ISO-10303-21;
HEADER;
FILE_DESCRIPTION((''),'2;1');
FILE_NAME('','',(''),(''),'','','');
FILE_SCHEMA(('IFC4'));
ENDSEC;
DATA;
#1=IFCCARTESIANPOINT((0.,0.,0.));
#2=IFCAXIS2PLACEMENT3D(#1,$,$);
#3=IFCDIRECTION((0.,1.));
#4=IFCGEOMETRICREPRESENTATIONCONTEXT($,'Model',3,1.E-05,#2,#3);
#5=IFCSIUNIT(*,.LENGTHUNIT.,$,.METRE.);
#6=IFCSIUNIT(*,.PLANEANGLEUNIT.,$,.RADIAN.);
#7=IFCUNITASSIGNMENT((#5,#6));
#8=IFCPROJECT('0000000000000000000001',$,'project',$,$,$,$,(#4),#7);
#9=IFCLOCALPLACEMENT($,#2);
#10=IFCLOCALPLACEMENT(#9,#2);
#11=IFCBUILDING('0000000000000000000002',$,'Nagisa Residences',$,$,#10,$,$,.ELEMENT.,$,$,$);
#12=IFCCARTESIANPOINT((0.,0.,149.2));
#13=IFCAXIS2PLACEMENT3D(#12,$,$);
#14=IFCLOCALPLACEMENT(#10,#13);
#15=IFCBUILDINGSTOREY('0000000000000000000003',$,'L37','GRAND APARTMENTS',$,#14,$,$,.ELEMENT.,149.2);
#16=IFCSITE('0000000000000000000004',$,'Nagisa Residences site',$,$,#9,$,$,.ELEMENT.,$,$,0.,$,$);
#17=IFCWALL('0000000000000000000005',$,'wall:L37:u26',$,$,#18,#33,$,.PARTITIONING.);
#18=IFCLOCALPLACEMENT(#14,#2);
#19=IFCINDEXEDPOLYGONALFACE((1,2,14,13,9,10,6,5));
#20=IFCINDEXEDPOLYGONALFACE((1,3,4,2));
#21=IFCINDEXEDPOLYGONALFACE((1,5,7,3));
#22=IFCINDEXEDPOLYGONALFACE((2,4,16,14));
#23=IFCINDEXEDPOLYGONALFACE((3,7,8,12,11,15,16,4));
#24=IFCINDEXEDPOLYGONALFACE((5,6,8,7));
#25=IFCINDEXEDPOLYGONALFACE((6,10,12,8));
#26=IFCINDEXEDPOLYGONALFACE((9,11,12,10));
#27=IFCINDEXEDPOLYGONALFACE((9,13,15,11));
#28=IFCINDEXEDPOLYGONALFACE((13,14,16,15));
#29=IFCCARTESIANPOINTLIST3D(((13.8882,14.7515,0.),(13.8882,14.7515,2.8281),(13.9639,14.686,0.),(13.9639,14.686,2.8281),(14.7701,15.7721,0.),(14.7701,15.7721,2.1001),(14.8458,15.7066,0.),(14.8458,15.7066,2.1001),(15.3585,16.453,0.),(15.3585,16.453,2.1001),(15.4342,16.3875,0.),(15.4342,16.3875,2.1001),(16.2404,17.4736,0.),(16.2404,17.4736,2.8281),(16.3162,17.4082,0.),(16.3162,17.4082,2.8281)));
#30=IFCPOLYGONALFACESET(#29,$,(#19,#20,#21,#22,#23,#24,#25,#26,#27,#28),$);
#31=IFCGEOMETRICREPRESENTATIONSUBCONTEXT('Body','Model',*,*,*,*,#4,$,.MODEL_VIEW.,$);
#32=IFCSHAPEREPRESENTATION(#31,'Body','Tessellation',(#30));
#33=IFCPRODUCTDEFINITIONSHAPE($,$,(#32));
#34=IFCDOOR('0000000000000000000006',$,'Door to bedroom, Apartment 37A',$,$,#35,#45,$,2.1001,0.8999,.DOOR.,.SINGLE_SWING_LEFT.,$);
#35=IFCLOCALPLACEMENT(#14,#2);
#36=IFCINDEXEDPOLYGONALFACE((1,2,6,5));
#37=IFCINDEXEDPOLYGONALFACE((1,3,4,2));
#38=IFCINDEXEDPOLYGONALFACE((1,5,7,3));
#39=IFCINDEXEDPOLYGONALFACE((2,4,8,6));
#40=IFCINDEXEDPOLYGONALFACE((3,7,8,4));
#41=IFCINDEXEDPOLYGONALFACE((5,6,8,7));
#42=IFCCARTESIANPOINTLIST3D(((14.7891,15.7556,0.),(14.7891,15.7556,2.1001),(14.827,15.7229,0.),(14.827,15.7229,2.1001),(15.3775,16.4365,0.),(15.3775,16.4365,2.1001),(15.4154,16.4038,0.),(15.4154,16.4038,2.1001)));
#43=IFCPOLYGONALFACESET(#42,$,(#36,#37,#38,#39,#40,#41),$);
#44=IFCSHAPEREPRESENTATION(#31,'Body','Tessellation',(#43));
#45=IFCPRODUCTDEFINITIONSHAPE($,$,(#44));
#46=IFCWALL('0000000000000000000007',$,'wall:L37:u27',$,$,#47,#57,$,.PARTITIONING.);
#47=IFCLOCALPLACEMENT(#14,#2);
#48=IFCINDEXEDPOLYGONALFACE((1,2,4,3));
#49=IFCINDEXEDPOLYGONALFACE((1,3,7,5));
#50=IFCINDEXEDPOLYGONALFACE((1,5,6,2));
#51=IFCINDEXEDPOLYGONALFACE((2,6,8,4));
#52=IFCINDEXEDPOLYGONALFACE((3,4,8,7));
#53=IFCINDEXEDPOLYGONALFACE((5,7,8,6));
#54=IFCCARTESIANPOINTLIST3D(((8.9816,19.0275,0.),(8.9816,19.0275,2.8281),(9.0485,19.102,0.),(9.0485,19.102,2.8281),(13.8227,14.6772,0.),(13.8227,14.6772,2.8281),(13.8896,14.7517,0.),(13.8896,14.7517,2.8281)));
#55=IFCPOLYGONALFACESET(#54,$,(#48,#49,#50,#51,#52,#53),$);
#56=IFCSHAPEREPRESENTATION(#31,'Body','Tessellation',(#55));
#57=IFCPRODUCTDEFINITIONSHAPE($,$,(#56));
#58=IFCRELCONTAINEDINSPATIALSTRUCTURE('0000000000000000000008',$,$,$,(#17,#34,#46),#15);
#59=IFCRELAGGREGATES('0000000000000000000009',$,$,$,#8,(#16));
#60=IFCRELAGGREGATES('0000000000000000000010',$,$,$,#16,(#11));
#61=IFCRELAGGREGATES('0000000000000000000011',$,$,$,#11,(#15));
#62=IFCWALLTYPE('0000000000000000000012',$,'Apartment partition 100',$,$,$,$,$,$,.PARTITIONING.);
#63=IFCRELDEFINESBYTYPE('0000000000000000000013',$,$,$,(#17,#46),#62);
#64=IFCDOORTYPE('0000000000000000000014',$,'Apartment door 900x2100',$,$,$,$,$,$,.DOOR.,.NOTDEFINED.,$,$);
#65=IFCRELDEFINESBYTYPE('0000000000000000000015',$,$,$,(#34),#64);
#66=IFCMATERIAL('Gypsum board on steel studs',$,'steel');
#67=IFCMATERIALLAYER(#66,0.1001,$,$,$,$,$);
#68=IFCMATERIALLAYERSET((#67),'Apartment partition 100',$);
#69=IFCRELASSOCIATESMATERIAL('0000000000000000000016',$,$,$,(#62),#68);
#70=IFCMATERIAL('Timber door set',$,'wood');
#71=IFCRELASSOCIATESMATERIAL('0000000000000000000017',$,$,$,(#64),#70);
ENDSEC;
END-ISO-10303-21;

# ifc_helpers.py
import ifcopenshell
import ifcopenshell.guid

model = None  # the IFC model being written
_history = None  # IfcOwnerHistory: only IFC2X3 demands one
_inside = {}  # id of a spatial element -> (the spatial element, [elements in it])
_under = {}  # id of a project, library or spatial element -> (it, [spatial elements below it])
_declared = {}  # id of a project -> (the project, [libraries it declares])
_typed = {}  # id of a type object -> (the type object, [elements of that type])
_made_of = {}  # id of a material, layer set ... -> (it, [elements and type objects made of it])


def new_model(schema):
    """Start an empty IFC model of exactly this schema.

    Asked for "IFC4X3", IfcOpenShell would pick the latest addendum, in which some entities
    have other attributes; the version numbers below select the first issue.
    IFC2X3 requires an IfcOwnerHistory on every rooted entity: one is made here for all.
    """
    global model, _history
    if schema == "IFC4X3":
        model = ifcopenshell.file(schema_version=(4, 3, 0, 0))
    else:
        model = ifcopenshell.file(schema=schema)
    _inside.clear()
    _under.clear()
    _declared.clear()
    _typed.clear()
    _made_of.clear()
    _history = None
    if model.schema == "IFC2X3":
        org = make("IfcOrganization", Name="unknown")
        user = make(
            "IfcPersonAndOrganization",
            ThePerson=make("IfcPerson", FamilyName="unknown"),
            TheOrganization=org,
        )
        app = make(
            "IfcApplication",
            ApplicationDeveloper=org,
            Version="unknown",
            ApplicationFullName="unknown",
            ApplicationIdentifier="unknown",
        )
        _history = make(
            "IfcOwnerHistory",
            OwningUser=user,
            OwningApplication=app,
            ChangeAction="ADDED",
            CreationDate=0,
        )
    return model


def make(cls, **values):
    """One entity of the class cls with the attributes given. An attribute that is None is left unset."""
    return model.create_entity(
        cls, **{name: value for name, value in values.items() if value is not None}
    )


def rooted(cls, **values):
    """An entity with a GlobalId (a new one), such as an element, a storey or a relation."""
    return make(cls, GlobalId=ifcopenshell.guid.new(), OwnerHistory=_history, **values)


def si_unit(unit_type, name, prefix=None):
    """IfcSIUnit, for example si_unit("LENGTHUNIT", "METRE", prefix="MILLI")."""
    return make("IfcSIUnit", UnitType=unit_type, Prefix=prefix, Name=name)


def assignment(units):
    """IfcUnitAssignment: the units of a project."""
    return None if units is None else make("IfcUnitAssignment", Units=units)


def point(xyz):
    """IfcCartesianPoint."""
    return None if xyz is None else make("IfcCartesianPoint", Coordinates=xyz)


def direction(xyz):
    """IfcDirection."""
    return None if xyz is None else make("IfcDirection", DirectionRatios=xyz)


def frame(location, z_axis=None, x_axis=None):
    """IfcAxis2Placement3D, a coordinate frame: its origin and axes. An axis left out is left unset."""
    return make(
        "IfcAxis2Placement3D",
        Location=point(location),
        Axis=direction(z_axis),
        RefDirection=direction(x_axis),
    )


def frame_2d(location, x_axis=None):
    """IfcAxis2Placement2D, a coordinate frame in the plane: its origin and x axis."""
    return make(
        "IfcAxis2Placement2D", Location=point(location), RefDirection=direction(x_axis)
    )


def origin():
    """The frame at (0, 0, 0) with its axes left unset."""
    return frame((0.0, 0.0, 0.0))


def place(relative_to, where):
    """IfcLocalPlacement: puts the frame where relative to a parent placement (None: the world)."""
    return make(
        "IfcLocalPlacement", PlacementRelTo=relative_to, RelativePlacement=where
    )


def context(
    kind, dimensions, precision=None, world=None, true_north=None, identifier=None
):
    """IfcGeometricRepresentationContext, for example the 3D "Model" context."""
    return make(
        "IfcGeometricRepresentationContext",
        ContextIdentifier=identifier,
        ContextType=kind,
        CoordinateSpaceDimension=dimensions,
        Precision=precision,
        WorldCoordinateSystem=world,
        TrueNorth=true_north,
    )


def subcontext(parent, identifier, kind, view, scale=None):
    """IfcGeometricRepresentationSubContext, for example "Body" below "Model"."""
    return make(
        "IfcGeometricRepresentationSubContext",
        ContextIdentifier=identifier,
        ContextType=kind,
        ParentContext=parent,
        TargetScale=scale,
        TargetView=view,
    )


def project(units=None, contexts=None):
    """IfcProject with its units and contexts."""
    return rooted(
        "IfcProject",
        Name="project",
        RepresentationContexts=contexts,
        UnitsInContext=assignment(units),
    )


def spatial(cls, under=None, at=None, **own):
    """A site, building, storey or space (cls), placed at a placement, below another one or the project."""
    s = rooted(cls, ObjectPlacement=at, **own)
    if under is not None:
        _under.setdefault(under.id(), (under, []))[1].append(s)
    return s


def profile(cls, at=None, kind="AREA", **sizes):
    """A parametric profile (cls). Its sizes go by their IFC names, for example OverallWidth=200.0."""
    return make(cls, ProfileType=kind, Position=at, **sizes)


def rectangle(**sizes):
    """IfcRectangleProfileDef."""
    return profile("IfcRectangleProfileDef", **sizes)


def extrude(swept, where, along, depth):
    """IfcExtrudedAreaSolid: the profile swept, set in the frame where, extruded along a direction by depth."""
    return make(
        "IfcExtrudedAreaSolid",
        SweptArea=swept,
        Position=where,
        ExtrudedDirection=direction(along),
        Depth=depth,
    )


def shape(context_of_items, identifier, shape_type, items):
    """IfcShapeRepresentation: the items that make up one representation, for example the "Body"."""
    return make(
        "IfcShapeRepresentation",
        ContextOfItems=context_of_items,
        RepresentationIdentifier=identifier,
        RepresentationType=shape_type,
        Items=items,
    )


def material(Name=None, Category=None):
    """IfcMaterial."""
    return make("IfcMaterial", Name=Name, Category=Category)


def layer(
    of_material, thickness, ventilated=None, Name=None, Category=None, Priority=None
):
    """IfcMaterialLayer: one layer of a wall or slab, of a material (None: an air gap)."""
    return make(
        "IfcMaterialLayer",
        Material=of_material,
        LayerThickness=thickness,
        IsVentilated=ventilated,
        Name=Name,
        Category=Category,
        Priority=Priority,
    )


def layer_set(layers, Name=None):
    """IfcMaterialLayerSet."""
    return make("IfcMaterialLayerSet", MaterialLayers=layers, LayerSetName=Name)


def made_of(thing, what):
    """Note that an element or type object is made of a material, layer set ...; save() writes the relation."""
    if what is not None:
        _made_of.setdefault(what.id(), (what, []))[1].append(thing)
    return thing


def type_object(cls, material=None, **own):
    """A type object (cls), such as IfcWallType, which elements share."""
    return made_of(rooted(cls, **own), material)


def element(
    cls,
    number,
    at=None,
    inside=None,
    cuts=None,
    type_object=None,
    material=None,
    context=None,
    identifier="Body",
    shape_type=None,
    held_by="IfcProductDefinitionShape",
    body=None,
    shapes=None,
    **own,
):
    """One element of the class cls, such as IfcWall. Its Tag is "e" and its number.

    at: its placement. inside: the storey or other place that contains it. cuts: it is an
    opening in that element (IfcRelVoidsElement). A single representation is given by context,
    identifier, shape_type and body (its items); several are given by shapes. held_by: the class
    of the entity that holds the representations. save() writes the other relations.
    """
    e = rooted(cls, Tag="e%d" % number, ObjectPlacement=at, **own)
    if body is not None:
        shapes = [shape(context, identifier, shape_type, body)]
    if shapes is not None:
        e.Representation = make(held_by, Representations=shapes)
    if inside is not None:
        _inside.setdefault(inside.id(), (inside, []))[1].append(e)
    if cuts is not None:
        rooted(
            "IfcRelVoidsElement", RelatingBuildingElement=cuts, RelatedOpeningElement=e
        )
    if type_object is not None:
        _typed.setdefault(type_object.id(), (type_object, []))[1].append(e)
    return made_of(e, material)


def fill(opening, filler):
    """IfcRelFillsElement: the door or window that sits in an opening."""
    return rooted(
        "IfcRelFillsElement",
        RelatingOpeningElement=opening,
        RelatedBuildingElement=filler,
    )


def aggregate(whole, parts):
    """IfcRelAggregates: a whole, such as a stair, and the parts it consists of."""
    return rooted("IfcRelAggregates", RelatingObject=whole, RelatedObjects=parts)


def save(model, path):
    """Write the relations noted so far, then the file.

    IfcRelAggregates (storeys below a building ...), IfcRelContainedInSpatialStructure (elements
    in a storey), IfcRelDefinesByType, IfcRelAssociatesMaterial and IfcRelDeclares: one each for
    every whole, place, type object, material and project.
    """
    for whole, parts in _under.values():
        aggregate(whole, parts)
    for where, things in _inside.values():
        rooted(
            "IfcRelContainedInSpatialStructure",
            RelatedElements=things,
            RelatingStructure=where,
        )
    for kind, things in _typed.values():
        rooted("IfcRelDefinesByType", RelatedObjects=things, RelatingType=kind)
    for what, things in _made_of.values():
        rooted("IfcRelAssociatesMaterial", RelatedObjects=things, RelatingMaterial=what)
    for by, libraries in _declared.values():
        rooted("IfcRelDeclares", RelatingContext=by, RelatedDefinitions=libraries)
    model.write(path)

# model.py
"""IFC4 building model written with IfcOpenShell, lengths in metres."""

from ifc_helpers import new_model, si_unit, direction, frame, frame_2d, origin, place, context, subcontext, project, spatial, rectangle, extrude, material, layer, layer_set, type_object, element, fill, save


model = new_model("IFC4")

# Units and contexts
model_context = context("Model", 3, precision=1e-05, world=origin(), true_north=direction((0.0, 1.0)))
body_context = subcontext(model_context, "Body", "Model", "MODEL_VIEW")
ifc_project = project(units=[si_unit("LENGTHUNIT", "METRE"), si_unit("PLANEANGLEUNIT", "RADIAN")], contexts=[model_context])

# Site, building, storey
site_placement = place(None, origin())
site = spatial("IfcSite", under=ifc_project, at=site_placement, Name="Nagisa Residences site", CompositionType="ELEMENT", RefElevation=0.0)
building_placement = place(site_placement, origin())
building = spatial("IfcBuilding", under=site, at=building_placement, Name="Nagisa Residences", CompositionType="ELEMENT")
storey_placement = place(building_placement, frame((0.0, 0.0, 149.2)))
storey = spatial("IfcBuildingStorey", under=building, at=storey_placement, Name="L37", Description="GRAND APARTMENTS", CompositionType="ELEMENT", Elevation=149.2)

# Shared definitions
ifc_material_1 = material(Name="Gypsum board on steel studs", Category="steel")
ifc_layer_1 = layer(ifc_material_1, 0.1001)
ifc_layer_set_1 = layer_set([ifc_layer_1], Name="Apartment partition 100")
wall_type_1 = type_object("IfcWallType", Name="Apartment partition 100", PredefinedType="PARTITIONING", material=ifc_layer_set_1)

# Wall, opening, door
wall_1_placement = place(storey_placement, frame((13.926, 14.7188, 0.0), z_axis=(0.0, 0.0, 1.0), x_axis=(0.653832, 0.75664, 0.0)))
wall_1 = element("IfcWall", 1, at=wall_1_placement, inside=storey, type_object=wall_type_1, Name="wall:L37:u26", PredefinedType="PARTITIONING", context=body_context, shape_type="SweptSolid", body=[
    extrude(rectangle(XDim=3.5977, YDim=0.1001, at=frame_2d((1.7988, 0.0))), origin(), (0.0, 0.0, 1.0), 2.8281),
])
opening_1_placement = place(wall_1_placement, frame((1.3489, 0.0, 0.0)))
opening_1 = element("IfcOpeningElement", 2, at=opening_1_placement, cuts=wall_1, PredefinedType="OPENING", context=body_context, shape_type="SweptSolid", body=[
    extrude(rectangle(XDim=0.8999, YDim=2.1001, at=frame_2d((0.45, 1.05))), frame((0.0, 0.0601, 0.0), z_axis=(0.0, -1.0, 0.0), x_axis=(1.0, 0.0, 0.0)), (0.0, 0.0, 1.0), 0.1201),
])
ifc_material_2 = material(Name="Timber door set", Category="wood")
door_type_1 = type_object("IfcDoorType", Name="Apartment door 900x2100", OperationType="NOTDEFINED", PredefinedType="DOOR", material=ifc_material_2)
door_1_placement = place(opening_1_placement, origin())
door_1 = element("IfcDoor", 3, at=door_1_placement, inside=storey, type_object=door_type_1, Name="Door to bedroom, Apartment 37A", OperationType="SINGLE_SWING_LEFT", OverallHeight=2.1001, OverallWidth=0.8999, PredefinedType="DOOR", context=body_context, shape_type="SweptSolid", body=[
    extrude(rectangle(XDim=0.8999, YDim=2.1001, at=frame_2d((0.45, 1.05))), frame((0.0, 0.0249, 0.0), z_axis=(0.0, -1.0, 0.0), x_axis=(1.0, 0.0, 0.0)), (0.0, 0.0, 1.0), 0.05),
])
fill(opening_1, door_1)

# Wall
wall_2_placement = place(storey_placement, frame((13.8562, 14.7144, 0.0), z_axis=(0.0, 0.0, 1.0), x_axis=(-0.743799, 0.668403, 0.0)))
element("IfcWall", 4, at=wall_2_placement, inside=storey, type_object=wall_type_1, Name="wall:L37:u27", PredefinedType="PARTITIONING", context=body_context, shape_type="SweptSolid", body=[
    extrude(rectangle(XDim=6.5085, YDim=0.1001, at=frame_2d((3.2544, 0.0))), origin(), (0.0, 0.0, 1.0), 2.8281),
])

save(model, "model.ifc")
